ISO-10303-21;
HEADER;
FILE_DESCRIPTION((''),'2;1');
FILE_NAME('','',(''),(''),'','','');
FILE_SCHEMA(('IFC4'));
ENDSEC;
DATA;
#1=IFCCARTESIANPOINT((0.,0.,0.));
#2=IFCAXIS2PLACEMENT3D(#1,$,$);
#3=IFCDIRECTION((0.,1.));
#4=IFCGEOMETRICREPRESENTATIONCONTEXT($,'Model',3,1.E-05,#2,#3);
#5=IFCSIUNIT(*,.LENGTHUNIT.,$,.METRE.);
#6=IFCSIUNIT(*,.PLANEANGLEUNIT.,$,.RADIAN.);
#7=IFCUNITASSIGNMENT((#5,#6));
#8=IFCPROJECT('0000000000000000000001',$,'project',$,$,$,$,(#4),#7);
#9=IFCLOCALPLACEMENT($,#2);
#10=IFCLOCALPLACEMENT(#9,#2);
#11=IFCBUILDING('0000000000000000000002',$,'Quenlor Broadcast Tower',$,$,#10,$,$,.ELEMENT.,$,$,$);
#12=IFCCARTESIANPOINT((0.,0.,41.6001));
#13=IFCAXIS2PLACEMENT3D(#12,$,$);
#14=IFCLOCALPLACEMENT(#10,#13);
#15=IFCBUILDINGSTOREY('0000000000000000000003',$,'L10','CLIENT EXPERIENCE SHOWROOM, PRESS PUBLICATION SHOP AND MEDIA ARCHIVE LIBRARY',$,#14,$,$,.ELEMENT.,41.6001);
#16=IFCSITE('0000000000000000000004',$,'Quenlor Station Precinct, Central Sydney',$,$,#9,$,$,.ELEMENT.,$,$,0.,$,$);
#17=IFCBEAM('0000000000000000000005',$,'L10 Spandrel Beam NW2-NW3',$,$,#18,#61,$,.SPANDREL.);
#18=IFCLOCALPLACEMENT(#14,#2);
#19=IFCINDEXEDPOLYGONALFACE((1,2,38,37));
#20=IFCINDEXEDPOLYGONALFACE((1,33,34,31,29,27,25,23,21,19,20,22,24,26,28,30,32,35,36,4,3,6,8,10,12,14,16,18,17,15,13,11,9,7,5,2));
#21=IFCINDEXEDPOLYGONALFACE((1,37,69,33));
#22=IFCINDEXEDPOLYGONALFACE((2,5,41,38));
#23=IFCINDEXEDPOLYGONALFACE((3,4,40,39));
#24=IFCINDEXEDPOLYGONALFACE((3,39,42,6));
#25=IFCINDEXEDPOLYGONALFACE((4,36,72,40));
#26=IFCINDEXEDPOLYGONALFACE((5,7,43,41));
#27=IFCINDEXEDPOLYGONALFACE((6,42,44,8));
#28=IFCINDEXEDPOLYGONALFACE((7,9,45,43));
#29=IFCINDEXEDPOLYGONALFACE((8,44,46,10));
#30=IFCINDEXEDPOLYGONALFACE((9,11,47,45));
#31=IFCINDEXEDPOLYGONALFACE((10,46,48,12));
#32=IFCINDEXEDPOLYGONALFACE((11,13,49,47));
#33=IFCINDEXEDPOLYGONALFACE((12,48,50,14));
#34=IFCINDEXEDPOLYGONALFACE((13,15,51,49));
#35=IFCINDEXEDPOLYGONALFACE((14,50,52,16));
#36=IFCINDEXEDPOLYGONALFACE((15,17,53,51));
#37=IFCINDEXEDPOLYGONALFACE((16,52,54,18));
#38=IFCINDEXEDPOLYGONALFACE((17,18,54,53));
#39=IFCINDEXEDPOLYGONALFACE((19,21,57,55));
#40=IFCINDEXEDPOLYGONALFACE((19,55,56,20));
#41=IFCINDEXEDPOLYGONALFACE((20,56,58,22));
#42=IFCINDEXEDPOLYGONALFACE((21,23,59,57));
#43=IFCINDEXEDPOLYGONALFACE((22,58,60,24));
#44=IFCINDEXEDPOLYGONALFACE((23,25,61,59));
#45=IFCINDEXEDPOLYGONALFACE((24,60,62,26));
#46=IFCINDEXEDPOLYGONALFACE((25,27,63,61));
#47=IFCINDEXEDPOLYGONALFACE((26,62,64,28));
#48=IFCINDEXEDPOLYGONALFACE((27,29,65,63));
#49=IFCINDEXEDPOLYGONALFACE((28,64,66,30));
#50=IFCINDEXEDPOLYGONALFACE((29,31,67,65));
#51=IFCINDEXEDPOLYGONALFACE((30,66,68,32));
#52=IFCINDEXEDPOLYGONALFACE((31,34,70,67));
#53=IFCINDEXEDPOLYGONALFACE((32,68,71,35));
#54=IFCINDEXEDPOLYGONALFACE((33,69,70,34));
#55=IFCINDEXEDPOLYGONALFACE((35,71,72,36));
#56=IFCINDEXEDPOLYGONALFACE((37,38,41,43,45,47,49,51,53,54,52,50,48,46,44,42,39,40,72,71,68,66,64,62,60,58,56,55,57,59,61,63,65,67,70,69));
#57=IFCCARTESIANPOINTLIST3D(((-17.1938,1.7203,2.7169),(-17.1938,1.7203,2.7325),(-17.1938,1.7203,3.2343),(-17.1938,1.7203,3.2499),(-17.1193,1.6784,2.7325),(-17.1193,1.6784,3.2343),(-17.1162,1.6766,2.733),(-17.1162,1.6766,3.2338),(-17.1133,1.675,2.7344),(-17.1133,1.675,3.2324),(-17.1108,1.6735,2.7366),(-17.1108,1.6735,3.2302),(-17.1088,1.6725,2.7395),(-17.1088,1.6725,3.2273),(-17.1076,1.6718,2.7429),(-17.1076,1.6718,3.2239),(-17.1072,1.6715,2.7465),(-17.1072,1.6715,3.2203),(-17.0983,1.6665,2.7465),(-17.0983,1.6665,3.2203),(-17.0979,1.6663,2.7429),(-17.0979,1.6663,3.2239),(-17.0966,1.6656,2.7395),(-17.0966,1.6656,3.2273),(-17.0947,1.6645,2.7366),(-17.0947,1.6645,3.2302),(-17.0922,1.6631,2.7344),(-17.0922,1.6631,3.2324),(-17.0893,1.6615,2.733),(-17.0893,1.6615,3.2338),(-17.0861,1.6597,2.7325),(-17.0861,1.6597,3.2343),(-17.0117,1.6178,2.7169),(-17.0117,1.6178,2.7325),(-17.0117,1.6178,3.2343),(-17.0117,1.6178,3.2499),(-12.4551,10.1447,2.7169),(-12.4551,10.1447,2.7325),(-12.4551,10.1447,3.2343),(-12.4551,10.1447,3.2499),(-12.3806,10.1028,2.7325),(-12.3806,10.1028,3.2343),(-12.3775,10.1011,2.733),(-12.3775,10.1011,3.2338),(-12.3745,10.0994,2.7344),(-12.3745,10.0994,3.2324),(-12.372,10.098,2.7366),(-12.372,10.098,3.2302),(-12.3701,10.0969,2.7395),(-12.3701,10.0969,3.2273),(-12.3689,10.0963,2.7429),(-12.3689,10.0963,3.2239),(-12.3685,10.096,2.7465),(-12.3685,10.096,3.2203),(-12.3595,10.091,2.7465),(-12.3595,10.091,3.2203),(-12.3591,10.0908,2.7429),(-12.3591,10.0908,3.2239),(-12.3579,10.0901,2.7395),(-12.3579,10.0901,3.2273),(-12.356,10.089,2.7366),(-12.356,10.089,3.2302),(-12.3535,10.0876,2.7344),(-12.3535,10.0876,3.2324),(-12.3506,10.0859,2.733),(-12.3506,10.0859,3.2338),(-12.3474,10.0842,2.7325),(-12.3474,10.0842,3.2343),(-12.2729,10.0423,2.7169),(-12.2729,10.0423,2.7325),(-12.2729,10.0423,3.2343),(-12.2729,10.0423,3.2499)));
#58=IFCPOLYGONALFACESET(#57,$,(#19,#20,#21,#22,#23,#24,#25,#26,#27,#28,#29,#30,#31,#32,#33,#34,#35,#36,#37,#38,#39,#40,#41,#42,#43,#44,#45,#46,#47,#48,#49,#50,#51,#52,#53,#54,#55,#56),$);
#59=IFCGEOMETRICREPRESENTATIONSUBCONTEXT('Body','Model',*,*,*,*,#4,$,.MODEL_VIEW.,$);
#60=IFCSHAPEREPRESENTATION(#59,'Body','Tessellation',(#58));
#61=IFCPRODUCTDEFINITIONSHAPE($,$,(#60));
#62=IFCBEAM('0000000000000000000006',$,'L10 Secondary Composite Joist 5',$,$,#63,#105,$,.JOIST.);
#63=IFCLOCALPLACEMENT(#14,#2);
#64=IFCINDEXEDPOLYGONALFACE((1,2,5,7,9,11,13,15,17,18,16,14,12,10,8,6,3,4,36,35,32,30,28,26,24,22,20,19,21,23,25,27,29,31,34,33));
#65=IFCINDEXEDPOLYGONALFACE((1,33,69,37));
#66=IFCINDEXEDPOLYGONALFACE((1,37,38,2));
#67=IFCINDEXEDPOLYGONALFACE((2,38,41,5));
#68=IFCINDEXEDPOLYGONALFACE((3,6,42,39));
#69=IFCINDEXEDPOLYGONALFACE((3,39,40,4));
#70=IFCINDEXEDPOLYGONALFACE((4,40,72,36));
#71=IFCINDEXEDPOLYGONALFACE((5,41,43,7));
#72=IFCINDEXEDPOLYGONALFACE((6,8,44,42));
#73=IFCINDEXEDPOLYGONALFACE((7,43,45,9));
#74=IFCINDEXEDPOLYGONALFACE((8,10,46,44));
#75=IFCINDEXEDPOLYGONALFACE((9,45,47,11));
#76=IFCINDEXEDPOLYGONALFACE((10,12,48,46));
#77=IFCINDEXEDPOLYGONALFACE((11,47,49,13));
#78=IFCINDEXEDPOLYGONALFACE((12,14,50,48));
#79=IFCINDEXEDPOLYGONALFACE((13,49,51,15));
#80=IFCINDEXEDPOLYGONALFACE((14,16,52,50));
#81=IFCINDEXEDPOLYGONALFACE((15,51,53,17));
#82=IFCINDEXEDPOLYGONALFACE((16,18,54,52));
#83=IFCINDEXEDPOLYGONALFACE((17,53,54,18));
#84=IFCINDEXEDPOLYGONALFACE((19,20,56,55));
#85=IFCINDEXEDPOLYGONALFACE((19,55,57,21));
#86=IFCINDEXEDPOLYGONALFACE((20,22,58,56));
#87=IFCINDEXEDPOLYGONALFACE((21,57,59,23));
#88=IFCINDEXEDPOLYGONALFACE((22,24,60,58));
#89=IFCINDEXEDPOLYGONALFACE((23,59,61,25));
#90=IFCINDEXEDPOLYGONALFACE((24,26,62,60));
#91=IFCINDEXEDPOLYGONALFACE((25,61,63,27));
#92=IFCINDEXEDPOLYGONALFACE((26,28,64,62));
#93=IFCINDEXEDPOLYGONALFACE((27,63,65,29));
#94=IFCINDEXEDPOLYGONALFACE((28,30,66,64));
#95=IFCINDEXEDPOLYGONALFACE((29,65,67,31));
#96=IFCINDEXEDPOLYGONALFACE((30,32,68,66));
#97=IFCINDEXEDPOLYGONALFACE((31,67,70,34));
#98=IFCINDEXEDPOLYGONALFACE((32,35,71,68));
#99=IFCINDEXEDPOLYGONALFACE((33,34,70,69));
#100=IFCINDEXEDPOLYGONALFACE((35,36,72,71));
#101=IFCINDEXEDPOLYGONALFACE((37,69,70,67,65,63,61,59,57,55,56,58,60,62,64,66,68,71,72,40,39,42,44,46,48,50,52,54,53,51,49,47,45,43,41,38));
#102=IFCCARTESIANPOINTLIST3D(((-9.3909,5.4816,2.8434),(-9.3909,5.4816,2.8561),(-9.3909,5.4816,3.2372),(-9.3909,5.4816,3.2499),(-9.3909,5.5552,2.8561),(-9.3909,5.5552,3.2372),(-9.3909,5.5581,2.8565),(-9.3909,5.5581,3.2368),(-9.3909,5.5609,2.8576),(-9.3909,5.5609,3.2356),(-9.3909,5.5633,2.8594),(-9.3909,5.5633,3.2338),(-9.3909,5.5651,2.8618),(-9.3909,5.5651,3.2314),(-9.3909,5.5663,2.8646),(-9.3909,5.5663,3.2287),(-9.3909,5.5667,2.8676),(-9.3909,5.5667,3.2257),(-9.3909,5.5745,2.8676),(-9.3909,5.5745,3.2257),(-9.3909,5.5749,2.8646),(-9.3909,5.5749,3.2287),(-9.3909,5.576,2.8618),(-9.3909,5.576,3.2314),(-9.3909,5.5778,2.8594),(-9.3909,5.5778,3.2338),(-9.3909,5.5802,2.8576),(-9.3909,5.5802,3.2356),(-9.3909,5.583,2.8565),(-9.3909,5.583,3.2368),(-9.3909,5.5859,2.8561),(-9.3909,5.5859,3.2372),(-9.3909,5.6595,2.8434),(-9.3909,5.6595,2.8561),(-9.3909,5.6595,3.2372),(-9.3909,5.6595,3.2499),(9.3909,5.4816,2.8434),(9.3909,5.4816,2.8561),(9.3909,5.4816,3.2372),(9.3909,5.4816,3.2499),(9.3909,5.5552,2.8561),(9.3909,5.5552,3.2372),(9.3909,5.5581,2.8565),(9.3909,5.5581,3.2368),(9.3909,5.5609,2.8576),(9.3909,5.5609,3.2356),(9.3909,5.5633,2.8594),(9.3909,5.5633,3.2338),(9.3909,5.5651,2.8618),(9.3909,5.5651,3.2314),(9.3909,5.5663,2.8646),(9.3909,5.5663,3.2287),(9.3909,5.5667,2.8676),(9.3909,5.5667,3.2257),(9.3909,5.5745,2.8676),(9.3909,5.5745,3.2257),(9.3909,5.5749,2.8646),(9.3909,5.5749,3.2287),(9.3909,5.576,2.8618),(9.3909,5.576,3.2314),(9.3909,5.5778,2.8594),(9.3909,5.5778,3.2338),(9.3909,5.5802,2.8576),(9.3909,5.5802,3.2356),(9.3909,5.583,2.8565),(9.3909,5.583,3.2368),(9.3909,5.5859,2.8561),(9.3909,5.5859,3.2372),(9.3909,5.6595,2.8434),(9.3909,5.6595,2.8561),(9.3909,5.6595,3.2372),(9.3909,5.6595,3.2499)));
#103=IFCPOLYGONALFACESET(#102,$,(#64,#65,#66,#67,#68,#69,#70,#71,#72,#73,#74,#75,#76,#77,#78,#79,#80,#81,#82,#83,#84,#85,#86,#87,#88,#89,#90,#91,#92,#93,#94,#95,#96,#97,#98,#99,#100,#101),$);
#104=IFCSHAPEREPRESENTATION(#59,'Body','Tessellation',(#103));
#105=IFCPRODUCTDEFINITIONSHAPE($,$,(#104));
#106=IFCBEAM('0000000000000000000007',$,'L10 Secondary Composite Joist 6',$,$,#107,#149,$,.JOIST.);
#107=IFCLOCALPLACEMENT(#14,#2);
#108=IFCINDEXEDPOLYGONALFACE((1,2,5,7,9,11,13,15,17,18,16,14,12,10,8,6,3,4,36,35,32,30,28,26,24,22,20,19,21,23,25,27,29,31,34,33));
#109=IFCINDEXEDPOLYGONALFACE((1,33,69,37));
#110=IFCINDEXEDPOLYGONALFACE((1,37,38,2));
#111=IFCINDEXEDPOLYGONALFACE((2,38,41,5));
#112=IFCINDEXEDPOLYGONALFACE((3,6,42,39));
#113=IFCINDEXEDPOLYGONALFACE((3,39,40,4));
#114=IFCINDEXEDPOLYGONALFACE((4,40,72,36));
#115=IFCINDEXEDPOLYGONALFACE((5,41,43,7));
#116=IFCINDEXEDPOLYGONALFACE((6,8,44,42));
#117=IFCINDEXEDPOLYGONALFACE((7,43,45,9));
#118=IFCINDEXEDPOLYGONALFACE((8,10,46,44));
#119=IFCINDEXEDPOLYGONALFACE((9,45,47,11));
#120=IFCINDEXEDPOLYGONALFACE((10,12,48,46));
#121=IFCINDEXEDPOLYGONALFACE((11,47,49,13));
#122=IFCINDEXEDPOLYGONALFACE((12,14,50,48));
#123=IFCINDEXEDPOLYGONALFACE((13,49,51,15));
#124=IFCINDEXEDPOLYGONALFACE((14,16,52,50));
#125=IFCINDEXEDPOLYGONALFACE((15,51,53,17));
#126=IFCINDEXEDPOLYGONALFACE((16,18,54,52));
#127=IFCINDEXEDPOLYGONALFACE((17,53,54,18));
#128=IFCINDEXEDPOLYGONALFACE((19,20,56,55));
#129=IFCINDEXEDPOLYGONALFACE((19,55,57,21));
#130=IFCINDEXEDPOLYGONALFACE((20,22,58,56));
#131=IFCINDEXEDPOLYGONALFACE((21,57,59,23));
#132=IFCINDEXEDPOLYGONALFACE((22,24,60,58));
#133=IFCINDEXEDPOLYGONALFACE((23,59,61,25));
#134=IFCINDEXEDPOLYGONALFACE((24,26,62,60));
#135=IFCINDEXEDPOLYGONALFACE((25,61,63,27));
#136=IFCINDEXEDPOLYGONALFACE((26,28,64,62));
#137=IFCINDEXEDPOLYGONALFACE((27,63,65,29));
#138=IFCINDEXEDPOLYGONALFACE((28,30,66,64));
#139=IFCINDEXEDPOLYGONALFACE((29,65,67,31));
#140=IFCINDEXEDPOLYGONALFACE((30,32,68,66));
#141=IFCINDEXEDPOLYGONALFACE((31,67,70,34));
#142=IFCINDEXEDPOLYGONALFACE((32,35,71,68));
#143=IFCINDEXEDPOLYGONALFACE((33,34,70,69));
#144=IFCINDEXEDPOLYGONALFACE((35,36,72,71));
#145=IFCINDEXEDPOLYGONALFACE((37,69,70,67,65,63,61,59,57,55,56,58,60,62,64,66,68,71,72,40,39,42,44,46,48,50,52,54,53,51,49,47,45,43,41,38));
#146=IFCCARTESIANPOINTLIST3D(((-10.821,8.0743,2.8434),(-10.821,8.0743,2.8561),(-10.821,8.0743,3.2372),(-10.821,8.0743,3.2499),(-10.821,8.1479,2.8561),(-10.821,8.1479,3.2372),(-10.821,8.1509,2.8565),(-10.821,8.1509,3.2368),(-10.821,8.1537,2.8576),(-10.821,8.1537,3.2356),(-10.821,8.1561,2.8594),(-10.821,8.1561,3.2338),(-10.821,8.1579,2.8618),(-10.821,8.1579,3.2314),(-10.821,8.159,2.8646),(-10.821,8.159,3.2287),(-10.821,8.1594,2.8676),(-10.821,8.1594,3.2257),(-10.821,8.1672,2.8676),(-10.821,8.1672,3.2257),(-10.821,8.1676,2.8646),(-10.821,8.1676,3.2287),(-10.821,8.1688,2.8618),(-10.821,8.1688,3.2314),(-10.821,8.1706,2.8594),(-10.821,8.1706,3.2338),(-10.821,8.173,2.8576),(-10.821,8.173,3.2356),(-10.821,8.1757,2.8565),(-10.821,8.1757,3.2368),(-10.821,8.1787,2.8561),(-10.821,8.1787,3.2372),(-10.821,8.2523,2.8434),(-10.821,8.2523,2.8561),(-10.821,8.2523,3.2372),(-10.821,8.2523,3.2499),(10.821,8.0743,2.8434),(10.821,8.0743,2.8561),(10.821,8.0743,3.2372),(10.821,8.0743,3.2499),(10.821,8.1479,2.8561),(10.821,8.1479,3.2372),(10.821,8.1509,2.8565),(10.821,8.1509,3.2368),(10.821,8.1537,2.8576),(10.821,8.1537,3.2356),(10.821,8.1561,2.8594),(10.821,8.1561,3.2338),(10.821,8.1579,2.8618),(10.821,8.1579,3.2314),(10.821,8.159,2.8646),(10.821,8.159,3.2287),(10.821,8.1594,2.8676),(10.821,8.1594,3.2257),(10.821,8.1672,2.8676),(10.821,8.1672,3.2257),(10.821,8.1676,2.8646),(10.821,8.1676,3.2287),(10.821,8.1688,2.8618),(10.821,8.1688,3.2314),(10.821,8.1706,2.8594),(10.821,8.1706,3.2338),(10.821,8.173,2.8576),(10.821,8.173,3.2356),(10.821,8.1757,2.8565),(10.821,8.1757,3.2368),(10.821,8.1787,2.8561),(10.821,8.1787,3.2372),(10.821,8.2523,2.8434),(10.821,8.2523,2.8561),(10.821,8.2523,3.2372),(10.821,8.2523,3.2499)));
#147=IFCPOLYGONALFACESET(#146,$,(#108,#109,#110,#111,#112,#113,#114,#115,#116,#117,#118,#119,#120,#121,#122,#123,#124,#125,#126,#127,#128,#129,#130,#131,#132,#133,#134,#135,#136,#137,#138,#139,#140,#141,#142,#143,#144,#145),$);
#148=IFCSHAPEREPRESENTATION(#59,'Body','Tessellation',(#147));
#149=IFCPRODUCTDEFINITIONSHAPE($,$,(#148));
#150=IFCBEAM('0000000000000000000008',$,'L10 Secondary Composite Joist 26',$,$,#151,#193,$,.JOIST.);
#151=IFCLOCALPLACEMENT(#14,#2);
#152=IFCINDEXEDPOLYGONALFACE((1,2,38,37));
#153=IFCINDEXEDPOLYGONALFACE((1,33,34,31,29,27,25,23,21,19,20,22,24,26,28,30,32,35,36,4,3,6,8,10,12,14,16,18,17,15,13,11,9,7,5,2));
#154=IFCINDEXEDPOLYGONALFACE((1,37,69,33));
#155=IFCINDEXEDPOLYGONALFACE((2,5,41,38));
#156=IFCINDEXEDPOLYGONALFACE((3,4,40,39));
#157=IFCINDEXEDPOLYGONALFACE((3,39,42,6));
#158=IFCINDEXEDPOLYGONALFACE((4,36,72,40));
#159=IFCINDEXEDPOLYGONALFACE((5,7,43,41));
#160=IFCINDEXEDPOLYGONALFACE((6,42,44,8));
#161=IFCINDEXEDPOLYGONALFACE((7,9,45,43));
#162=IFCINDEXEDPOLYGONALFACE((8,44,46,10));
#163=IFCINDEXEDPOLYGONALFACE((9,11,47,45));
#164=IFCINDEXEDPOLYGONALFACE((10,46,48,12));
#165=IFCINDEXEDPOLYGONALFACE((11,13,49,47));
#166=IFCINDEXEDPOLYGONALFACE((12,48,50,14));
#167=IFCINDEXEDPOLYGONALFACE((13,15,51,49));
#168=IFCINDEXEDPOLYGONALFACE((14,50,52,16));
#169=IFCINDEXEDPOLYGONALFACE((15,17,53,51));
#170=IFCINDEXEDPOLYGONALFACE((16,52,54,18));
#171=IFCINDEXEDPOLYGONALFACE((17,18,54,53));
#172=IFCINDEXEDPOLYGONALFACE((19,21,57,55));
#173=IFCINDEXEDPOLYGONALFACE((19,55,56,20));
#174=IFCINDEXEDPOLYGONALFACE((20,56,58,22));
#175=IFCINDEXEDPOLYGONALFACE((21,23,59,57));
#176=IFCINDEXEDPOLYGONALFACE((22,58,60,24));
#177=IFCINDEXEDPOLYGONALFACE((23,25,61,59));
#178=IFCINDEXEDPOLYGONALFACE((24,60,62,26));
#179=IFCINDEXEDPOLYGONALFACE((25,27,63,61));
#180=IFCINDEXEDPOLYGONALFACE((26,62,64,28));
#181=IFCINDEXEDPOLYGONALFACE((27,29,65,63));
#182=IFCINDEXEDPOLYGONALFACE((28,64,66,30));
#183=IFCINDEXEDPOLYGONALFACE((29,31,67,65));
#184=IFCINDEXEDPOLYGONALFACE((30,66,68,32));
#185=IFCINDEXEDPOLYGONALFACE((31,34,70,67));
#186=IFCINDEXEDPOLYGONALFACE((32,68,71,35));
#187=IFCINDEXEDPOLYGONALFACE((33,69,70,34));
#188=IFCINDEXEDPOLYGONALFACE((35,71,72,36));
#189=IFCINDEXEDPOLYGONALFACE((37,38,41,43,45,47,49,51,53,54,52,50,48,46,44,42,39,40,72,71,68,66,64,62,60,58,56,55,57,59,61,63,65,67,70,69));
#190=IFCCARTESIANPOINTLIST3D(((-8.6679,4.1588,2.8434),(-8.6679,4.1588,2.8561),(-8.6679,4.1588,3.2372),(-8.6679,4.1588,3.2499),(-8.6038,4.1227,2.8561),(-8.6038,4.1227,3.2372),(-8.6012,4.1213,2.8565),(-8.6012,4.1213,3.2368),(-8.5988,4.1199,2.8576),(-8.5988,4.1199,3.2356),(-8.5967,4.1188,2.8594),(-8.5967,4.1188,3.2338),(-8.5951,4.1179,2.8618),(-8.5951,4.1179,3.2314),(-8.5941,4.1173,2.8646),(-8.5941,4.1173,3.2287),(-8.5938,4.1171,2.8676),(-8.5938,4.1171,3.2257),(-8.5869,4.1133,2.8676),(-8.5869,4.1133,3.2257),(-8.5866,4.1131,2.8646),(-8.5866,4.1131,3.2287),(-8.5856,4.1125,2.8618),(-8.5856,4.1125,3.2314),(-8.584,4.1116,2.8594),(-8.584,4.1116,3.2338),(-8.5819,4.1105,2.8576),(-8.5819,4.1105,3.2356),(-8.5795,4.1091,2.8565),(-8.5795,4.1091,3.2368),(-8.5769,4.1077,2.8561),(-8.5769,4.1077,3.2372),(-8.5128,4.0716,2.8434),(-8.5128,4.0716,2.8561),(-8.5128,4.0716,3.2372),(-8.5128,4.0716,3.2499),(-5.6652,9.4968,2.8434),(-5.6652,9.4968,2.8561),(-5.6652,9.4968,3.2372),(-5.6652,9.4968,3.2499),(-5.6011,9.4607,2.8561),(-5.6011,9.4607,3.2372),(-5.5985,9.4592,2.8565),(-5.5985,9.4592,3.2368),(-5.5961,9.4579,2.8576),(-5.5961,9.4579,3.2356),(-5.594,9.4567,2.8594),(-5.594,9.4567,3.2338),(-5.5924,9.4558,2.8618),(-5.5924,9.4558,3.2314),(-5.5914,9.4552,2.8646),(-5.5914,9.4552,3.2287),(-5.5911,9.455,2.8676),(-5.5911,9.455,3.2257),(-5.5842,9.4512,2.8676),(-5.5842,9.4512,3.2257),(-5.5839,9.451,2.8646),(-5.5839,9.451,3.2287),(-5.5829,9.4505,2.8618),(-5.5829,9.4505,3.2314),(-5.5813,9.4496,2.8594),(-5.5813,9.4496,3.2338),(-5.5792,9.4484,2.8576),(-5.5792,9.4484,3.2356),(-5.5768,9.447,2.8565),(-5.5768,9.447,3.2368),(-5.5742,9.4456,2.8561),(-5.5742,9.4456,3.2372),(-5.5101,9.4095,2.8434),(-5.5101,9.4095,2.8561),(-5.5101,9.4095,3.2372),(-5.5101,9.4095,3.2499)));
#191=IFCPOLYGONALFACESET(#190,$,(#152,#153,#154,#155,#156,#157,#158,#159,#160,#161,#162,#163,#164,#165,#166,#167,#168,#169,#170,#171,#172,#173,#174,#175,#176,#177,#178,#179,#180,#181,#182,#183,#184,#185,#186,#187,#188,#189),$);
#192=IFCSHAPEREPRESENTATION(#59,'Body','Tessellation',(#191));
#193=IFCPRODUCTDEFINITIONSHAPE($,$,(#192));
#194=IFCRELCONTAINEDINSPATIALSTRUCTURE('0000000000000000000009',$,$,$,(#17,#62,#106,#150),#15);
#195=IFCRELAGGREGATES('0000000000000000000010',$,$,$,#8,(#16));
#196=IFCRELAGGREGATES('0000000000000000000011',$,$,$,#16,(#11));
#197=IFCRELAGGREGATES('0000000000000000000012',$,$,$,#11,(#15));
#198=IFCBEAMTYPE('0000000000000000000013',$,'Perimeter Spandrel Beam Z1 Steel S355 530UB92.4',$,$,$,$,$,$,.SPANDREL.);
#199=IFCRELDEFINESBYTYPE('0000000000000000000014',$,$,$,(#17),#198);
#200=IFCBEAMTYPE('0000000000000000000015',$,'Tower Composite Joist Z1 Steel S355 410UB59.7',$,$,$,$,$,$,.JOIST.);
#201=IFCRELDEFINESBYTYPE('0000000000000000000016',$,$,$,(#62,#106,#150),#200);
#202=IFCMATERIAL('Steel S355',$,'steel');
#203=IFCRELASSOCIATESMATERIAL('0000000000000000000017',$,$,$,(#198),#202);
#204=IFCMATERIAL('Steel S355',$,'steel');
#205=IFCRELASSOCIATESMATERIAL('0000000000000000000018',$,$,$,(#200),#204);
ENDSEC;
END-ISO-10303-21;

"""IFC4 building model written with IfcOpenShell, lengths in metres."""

from ifc_helpers import new_model, si_unit, direction, frame, origin, origin_2d, place, context, subcontext, project, spatial, i_section, extrude, material, material_profile, profile_set, type_object, element, save


model = new_model("IFC4")

# Units and contexts
model_context = context("Model", 3, precision=1e-05, world=origin(), true_north=direction((0.0, 1.0)))
body_context = subcontext(model_context, "Body", "Model", "MODEL_VIEW")
ifc_project = project(units=[si_unit("LENGTHUNIT", "METRE"), si_unit("PLANEANGLEUNIT", "RADIAN")], contexts=[model_context])

# Site, building, storey
site_placement = place(None, origin())
site = spatial("IfcSite", under=ifc_project, at=site_placement, Name="Quenlor Station Precinct, Central Sydney", CompositionType="ELEMENT", RefElevation=0.0)
building_placement = place(site_placement, origin())
building = spatial("IfcBuilding", under=site, at=building_placement, Name="Quenlor Broadcast Tower", CompositionType="ELEMENT")
storey_placement = place(building_placement, frame((0.0, 0.0, 41.6001)))
storey = spatial("IfcBuildingStorey", under=building, at=storey_placement, Name="L10", Description="CLIENT EXPERIENCE SHOWROOM, PRESS PUBLICATION SHOP AND MEDIA ARCHIVE LIBRARY", CompositionType="ELEMENT", Elevation=41.6001)

# Beams
ifc_material_1 = material(Name="Steel S355", Category="steel")
ifc_material_profile_1 = material_profile(ifc_material_1, i_section(OverallWidth=0.209, OverallDepth=0.533, WebThickness=0.0103, FlangeThickness=0.0156, FilletRadius=0.0139, at=origin_2d()))
ifc_profile_set_1 = profile_set([ifc_material_profile_1], Name="Steel S355 530UB92.4")
beam_type_1 = type_object("IfcBeamType", Name="Perimeter Spandrel Beam Z1 Steel S355 530UB92.4", PredefinedType="SPANDREL", material=ifc_profile_set_1)
beam_1_placement = place(storey_placement, frame((-12.364, 10.0935, 2.9834), z_axis=(-0.490258, -0.871578, 0.0), x_axis=(0.871578, -0.490258, 0.0)))
element("IfcBeam", 1, at=beam_1_placement, inside=storey, type_object=beam_type_1, Name="L10 Spandrel Beam NW2-NW3", PredefinedType="SPANDREL", context=body_context, shape_type="SweptSolid", body=[
    extrude(i_section(OverallWidth=0.209, OverallDepth=0.533, WebThickness=0.0103, FlangeThickness=0.0156, FilletRadius=0.0139, at=origin_2d()), origin(), (0.0, 0.0, 1.0), 9.6658),
])
ifc_material_2 = material(Name="Steel S355", Category="steel")
ifc_material_profile_2 = material_profile(ifc_material_2, i_section(OverallWidth=0.178, OverallDepth=0.4065, WebThickness=0.0078, FlangeThickness=0.0127, FilletRadius=0.0115, at=origin_2d()))
ifc_profile_set_2 = profile_set([ifc_material_profile_2], Name="Steel S355 410UB59.7")
beam_type_2 = type_object("IfcBeamType", Name="Tower Composite Joist Z1 Steel S355 410UB59.7", PredefinedType="JOIST", material=ifc_profile_set_2)
beam_2_placement = place(storey_placement, frame((-9.3909, 5.5706, 3.0466), z_axis=(1.0, 0.0, 0.0), x_axis=(0.0, 1.0, 0.0)))
element("IfcBeam", 2, at=beam_2_placement, inside=storey, type_object=beam_type_2, Name="L10 Secondary Composite Joist 5", PredefinedType="JOIST", context=body_context, shape_type="SweptSolid", body=[
    extrude(i_section(OverallWidth=0.178, OverallDepth=0.4065, WebThickness=0.0078, FlangeThickness=0.0127, FilletRadius=0.0115, at=origin_2d()), origin(), (0.0, 0.0, 1.0), 18.7817),
])
beam_3_placement = place(storey_placement, frame((-10.821, 8.1633, 3.0466), z_axis=(1.0, 0.0, 0.0), x_axis=(0.0, 1.0, 0.0)))
element("IfcBeam", 3, at=beam_3_placement, inside=storey, type_object=beam_type_2, Name="L10 Secondary Composite Joist 6", PredefinedType="JOIST", context=body_context, shape_type="SweptSolid", body=[
    extrude(i_section(OverallWidth=0.178, OverallDepth=0.4065, WebThickness=0.0078, FlangeThickness=0.0127, FilletRadius=0.0115, at=origin_2d()), origin(), (0.0, 0.0, 1.0), 21.6421),
])
beam_4_placement = place(storey_placement, frame((-5.5876, 9.4531, 3.0466), z_axis=(-0.490276, -0.871567, 0.0), x_axis=(0.871567, -0.490276, 0.0)))
element("IfcBeam", 4, at=beam_4_placement, inside=storey, type_object=beam_type_2, Name="L10 Secondary Composite Joist 26", PredefinedType="JOIST", context=body_context, shape_type="SweptSolid", body=[
    extrude(i_section(OverallWidth=0.178, OverallDepth=0.4065, WebThickness=0.0078, FlangeThickness=0.0127, FilletRadius=0.0115, at=origin_2d()), origin(), (0.0, 0.0, 1.0), 6.1245),
])

save(model, "model.ifc")
